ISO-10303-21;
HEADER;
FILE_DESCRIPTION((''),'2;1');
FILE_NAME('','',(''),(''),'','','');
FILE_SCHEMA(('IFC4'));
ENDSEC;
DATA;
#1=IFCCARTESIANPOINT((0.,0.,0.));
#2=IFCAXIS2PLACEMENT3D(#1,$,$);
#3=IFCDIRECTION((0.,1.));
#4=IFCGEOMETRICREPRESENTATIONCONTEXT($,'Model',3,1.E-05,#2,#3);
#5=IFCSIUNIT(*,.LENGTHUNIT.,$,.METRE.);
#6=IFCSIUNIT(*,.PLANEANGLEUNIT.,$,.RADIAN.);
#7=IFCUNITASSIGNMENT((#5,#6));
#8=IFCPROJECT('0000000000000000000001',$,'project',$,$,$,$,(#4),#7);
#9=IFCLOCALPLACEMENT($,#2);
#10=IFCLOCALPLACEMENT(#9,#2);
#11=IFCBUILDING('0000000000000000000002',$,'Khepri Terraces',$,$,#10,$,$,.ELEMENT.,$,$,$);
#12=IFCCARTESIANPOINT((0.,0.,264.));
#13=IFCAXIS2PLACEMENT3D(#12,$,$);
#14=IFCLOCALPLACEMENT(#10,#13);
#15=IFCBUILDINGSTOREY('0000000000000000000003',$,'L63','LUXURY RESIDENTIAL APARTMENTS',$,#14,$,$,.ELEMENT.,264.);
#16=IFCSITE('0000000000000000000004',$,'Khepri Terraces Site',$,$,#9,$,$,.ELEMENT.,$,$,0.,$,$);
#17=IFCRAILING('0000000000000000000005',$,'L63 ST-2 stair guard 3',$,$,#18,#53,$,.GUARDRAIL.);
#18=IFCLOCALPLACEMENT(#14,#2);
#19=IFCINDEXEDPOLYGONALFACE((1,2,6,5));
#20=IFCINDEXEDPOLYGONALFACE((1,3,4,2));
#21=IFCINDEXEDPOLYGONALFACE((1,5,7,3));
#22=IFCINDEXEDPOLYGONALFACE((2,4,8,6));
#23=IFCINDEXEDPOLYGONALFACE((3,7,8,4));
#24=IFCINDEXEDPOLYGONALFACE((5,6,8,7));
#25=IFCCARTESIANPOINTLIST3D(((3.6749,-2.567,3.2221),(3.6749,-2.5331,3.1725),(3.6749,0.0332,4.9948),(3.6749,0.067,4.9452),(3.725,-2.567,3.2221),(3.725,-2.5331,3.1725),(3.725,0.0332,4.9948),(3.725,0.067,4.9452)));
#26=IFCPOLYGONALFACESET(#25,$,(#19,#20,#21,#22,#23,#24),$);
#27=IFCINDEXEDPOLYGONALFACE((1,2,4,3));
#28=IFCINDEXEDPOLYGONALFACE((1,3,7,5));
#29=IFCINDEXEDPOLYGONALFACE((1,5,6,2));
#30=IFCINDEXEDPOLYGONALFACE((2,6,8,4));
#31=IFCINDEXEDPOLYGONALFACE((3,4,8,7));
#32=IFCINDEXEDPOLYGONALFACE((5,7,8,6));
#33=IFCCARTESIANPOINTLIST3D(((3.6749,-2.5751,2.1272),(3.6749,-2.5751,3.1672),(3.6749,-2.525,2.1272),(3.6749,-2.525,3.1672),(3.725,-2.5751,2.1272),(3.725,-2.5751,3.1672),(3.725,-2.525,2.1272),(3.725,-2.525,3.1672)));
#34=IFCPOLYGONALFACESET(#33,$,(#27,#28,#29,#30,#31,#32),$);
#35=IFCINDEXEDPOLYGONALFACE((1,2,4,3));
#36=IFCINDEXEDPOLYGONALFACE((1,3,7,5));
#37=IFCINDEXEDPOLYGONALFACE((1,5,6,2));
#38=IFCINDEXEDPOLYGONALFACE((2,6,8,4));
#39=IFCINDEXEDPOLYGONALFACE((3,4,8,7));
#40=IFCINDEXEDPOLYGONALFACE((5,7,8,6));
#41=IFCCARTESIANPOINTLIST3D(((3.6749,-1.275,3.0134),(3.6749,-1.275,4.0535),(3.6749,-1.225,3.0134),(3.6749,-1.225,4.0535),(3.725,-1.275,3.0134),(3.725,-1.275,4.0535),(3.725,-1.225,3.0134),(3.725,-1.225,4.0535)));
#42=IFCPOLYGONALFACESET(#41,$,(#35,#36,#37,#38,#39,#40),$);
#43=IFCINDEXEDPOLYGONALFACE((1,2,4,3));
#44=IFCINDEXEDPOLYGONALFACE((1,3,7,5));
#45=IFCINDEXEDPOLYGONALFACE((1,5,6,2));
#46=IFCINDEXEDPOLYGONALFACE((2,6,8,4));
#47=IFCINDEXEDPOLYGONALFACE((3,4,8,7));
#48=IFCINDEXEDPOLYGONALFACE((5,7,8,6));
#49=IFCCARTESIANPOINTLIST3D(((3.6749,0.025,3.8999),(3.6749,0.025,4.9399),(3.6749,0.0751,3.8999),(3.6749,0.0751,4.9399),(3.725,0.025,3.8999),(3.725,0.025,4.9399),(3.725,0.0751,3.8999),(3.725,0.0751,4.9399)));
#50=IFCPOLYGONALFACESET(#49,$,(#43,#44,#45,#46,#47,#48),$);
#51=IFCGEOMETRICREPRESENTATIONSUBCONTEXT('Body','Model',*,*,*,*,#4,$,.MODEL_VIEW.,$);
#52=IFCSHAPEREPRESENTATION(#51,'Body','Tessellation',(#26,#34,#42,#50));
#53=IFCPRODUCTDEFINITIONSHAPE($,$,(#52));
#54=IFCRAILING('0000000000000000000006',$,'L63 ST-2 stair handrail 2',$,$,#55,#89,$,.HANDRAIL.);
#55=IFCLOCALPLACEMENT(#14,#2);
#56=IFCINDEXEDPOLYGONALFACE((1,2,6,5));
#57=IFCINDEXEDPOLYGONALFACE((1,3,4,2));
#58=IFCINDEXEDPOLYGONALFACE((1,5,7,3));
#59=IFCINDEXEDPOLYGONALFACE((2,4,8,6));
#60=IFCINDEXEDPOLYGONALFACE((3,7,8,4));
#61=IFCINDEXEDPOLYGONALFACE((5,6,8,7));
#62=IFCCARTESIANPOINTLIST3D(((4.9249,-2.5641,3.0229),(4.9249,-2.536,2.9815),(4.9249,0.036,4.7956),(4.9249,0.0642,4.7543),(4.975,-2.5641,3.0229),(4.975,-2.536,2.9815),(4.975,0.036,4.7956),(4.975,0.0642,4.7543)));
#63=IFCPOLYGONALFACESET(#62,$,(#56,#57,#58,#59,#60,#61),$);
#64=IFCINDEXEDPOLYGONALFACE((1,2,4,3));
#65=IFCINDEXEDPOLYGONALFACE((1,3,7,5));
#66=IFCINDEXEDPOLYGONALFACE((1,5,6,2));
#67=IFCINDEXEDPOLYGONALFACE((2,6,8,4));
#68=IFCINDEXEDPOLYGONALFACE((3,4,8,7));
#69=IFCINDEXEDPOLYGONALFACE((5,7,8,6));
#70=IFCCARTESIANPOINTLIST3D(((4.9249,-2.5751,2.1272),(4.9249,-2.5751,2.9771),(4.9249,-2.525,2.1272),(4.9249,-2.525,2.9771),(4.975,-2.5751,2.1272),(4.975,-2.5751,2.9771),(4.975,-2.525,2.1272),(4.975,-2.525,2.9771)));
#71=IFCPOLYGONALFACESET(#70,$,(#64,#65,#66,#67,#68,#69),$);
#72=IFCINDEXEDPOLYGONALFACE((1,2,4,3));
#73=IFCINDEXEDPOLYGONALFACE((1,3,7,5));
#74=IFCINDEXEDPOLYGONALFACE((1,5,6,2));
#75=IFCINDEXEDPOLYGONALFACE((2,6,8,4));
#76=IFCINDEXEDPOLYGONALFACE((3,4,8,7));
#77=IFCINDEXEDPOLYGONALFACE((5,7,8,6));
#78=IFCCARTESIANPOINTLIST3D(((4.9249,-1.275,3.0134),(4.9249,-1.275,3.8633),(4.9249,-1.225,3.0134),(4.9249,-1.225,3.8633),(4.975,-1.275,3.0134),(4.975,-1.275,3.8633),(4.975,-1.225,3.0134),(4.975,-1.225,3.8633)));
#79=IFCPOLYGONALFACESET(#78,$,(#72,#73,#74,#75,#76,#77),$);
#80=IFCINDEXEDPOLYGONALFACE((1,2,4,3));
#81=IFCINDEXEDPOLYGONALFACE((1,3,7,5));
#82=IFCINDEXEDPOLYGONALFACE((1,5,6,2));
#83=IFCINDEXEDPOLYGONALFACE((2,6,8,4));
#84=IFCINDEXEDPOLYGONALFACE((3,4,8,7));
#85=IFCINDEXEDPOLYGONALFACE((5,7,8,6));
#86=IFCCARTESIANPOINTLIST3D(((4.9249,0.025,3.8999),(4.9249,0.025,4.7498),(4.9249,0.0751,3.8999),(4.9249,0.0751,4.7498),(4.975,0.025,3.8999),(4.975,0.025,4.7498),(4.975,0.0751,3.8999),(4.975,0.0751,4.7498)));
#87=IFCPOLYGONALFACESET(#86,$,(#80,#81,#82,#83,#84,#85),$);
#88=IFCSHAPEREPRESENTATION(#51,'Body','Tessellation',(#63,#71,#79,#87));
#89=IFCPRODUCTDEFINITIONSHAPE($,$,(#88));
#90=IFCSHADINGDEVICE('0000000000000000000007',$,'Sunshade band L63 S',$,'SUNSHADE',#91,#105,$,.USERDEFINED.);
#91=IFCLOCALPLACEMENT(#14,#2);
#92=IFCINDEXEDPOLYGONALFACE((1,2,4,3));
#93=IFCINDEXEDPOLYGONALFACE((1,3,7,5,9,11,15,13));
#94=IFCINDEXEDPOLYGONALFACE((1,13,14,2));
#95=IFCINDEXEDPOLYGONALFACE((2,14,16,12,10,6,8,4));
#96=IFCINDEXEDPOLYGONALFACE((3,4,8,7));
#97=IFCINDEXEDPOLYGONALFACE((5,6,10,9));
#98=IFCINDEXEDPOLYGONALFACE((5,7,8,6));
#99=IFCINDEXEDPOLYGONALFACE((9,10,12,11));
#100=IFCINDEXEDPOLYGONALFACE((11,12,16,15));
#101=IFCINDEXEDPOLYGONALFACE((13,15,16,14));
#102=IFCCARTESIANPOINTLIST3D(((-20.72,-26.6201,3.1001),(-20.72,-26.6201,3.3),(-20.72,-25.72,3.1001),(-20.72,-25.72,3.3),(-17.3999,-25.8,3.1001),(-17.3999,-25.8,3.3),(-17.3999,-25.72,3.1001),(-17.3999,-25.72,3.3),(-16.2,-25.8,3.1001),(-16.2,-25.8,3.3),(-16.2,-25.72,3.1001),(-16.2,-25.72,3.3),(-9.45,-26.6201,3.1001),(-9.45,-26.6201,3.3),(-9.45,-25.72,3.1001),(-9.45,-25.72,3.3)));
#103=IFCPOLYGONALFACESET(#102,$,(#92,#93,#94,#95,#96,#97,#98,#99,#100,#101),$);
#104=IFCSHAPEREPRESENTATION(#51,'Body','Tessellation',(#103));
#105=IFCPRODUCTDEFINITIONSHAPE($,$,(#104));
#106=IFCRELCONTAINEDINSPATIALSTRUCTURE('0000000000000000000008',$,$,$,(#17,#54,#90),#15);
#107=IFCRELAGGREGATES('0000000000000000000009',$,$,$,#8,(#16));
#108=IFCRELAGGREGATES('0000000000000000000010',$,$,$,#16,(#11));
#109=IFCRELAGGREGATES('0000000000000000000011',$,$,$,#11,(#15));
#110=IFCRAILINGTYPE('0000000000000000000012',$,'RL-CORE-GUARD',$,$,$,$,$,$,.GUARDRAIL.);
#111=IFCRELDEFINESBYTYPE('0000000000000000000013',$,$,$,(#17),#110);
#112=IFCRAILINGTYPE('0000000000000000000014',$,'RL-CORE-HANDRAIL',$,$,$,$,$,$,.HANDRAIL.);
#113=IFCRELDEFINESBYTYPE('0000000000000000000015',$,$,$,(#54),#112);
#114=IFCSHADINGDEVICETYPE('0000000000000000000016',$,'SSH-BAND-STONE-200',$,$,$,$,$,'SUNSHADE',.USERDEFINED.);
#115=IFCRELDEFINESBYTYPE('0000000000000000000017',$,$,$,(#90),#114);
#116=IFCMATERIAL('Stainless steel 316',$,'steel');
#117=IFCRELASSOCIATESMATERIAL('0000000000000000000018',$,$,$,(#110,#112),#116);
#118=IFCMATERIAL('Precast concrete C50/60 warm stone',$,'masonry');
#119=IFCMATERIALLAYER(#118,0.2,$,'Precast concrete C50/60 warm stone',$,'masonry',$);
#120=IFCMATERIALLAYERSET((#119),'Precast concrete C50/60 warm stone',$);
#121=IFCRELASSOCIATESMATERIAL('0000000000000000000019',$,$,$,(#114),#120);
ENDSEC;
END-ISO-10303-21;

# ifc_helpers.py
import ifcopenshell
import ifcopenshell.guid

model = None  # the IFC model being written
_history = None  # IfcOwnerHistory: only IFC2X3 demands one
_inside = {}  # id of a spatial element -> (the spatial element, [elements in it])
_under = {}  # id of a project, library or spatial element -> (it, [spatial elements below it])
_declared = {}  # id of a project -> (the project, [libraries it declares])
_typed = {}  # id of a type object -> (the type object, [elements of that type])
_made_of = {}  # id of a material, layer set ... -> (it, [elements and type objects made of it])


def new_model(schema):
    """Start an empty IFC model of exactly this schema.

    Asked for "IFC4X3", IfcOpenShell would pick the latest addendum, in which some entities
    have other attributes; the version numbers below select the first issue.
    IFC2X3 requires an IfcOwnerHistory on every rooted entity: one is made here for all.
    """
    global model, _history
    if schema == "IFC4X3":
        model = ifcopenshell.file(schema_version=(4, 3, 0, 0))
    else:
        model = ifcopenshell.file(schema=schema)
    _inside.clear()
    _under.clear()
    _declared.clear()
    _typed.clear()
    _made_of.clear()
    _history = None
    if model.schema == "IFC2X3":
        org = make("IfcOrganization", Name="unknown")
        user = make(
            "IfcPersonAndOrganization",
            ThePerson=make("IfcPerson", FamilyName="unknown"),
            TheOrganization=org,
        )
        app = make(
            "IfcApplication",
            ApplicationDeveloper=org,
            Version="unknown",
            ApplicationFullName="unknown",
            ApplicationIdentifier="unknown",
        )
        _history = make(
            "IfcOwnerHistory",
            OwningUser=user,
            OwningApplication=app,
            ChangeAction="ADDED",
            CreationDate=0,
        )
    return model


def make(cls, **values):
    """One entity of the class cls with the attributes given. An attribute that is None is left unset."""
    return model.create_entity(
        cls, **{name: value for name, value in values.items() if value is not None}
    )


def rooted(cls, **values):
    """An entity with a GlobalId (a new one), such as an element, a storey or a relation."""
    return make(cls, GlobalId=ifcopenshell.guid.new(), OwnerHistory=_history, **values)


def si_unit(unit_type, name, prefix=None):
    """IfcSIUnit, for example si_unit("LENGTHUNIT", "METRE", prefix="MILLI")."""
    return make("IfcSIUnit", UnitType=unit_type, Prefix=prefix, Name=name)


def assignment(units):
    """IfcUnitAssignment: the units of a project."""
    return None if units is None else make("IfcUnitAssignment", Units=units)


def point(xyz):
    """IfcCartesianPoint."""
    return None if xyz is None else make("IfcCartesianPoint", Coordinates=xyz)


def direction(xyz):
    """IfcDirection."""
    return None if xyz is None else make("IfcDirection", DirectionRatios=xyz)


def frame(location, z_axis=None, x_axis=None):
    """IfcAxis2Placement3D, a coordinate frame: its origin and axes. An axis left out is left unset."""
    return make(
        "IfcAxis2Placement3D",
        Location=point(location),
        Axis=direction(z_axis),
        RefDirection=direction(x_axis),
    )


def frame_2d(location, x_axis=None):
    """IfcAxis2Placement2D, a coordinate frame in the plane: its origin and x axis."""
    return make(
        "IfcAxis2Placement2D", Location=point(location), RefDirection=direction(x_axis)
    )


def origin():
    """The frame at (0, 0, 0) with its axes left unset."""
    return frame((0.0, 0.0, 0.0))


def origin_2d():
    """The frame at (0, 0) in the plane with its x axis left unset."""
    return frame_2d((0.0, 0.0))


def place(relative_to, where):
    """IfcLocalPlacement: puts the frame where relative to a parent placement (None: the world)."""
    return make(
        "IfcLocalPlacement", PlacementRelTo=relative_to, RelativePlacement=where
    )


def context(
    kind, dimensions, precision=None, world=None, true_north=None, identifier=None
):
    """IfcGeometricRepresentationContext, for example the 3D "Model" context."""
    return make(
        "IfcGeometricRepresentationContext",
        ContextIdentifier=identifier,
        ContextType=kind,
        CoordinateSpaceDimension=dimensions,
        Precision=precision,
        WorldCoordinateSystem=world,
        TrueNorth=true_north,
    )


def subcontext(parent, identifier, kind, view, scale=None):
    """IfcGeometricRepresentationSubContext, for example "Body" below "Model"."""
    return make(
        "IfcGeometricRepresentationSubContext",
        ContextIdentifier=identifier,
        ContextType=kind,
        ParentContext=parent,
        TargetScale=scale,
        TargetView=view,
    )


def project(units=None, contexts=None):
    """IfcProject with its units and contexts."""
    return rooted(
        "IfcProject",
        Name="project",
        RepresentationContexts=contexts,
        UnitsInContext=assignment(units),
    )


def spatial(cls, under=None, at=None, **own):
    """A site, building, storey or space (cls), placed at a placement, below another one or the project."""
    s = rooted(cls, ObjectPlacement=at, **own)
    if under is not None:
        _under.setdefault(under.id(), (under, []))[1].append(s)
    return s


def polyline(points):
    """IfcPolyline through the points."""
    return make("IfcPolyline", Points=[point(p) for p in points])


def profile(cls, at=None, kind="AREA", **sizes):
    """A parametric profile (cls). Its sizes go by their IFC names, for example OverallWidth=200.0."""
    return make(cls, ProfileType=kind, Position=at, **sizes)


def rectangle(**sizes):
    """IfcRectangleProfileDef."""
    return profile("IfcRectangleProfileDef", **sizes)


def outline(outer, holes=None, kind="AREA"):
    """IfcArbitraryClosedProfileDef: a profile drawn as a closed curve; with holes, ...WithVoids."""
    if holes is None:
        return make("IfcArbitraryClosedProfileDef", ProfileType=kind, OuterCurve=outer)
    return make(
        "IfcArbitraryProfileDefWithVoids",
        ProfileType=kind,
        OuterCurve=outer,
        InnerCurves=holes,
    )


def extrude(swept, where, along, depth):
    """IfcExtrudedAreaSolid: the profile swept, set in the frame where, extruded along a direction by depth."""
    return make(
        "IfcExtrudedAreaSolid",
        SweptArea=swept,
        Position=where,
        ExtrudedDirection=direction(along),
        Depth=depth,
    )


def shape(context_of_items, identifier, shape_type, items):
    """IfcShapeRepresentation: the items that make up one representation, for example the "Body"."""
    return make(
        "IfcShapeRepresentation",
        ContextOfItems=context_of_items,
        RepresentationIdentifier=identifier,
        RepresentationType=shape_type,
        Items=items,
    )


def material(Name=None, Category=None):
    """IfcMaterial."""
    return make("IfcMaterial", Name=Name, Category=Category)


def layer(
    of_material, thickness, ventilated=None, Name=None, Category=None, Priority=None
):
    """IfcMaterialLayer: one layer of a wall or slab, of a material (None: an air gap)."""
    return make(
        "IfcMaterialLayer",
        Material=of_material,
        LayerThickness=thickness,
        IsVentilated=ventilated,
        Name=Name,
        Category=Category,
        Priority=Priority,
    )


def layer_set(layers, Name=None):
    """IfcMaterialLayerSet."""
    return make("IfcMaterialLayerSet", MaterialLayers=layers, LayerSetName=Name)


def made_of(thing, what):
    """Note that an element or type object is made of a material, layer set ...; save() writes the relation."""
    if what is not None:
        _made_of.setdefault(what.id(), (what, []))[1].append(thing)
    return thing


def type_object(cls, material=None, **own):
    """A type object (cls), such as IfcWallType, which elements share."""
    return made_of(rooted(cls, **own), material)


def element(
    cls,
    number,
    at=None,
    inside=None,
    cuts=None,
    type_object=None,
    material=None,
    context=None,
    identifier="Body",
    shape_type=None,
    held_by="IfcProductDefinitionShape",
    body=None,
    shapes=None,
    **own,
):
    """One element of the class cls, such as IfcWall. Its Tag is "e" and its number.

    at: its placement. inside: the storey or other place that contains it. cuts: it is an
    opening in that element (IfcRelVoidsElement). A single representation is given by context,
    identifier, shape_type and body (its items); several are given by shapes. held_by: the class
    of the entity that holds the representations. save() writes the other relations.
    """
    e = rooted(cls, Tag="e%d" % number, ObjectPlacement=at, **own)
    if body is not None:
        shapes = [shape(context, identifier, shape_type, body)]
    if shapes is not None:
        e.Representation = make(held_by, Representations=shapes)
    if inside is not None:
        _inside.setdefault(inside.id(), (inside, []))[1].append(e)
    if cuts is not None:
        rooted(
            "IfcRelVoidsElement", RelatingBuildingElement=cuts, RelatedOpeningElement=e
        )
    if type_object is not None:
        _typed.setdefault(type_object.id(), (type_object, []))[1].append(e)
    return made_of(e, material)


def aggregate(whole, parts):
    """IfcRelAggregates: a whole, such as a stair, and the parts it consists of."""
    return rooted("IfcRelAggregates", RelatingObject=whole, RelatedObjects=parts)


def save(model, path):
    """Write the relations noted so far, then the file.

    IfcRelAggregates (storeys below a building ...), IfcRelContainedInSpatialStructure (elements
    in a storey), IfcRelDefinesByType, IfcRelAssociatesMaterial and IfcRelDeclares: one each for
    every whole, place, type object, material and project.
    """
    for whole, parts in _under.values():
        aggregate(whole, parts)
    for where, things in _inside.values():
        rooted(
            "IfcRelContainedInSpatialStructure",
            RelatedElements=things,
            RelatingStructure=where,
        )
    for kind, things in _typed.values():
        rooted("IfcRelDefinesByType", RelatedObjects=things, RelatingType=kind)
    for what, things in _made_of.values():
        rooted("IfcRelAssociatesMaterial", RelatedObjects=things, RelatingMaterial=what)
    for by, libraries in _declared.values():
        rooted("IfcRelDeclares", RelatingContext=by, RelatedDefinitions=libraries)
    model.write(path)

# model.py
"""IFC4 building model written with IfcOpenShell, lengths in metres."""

from ifc_helpers import new_model, si_unit, direction, frame, origin, origin_2d, place, context, subcontext, project, spatial, polyline, rectangle, outline, extrude, material, layer, layer_set, type_object, element, save


model = new_model("IFC4")

# Units and contexts
model_context = context("Model", 3, precision=1e-05, world=origin(), true_north=direction((0.0, 1.0)))
body_context = subcontext(model_context, "Body", "Model", "MODEL_VIEW")
ifc_project = project(units=[si_unit("LENGTHUNIT", "METRE"), si_unit("PLANEANGLEUNIT", "RADIAN")], contexts=[model_context])

# Site, building, storey
site_placement = place(None, origin())
site = spatial("IfcSite", under=ifc_project, at=site_placement, Name="Khepri Terraces Site", CompositionType="ELEMENT", RefElevation=0.0)
building_placement = place(site_placement, origin())
building = spatial("IfcBuilding", under=site, at=building_placement, Name="Khepri Terraces", CompositionType="ELEMENT")
storey_placement = place(building_placement, frame((0.0, 0.0, 264.0)))
storey = spatial("IfcBuildingStorey", under=building, at=storey_placement, Name="L63", Description="LUXURY RESIDENTIAL APARTMENTS", CompositionType="ELEMENT", Elevation=264.0)

# Shared definitions
ifc_material_1 = material(Name="Precast concrete C50/60 warm stone", Category="masonry")

# Railings
ifc_material_2 = material(Name="Stainless steel 316", Category="steel")
railing_type_1 = type_object("IfcRailingType", Name="RL-CORE-GUARD", PredefinedType="GUARDRAIL", material=ifc_material_2)
railing_1_placement = place(storey_placement, frame((3.7, -2.55, 2.1272)))
element("IfcRailing", 1, at=railing_1_placement, inside=storey, type_object=railing_type_1, Name="L63 ST-2 stair guard 3", PredefinedType="GUARDRAIL", context=body_context, shape_type="SweptSolid", body=[
    extrude(rectangle(XDim=0.05, YDim=0.0601, at=origin_2d()), frame((0.0, 0.0, 1.0701), z_axis=(0.0, 0.82624, 0.563318), x_axis=(-1.0, 0.0, 0.0)), (0.0, 0.0, 1.0), 3.147),
    extrude(rectangle(XDim=0.05, YDim=0.05, at=origin_2d()), origin(), (0.0, 0.0, 1.0), 1.04),
    extrude(rectangle(XDim=0.05, YDim=0.05, at=origin_2d()), frame((0.0, 1.3, 0.8862)), (0.0, 0.0, 1.0), 1.04),
    extrude(rectangle(XDim=0.05, YDim=0.05, at=origin_2d()), frame((0.0, 2.6001, 1.7727)), (0.0, 0.0, 1.0), 1.04),
])
railing_type_2 = type_object("IfcRailingType", Name="RL-CORE-HANDRAIL", PredefinedType="HANDRAIL", material=ifc_material_2)
railing_2_placement = place(storey_placement, frame((4.95, -2.55, 2.1272)))
element("IfcRailing", 2, at=railing_2_placement, inside=storey, type_object=railing_type_2, Name="L63 ST-2 stair handrail 2", PredefinedType="HANDRAIL", context=body_context, shape_type="SweptSolid", body=[
    extrude(rectangle(XDim=0.05, YDim=0.05, at=origin_2d()), frame((0.0, 0.0, 0.875), z_axis=(0.0, 0.82624, 0.563318), x_axis=(-1.0, 0.0, 0.0)), (0.0, 0.0, 1.0), 3.147),
    extrude(rectangle(XDim=0.05, YDim=0.05, at=origin_2d()), origin(), (0.0, 0.0, 1.0), 0.8499),
    extrude(rectangle(XDim=0.05, YDim=0.05, at=origin_2d()), frame((0.0, 1.3, 0.8862)), (0.0, 0.0, 1.0), 0.8499),
    extrude(rectangle(XDim=0.05, YDim=0.05, at=origin_2d()), frame((0.0, 2.6001, 1.7727)), (0.0, 0.0, 1.0), 0.8499),
])

# Shading device
ifc_layer_1 = layer(ifc_material_1, 0.2, Name="Precast concrete C50/60 warm stone", Category="masonry")
ifc_layer_set_1 = layer_set([ifc_layer_1], Name="Precast concrete C50/60 warm stone")
shading_device_type = type_object("IfcShadingDeviceType", Name="SSH-BAND-STONE-200", ElementType="SUNSHADE", PredefinedType="USERDEFINED", material=ifc_layer_set_1)
shading_device_placement = place(storey_placement, frame((0.0, 0.0, 3.1001)))
element("IfcShadingDevice", 3, at=shading_device_placement, inside=storey, type_object=shading_device_type, Name="Sunshade band L63 S", ObjectType="SUNSHADE", PredefinedType="USERDEFINED", context=body_context, shape_type="SweptSolid", body=[
    extrude(outline(polyline([(-17.3999, -25.72), (-20.72, -25.72), (-20.72, -26.6201), (-9.45, -26.6201), (-9.45, -25.72), (-16.2, -25.72), (-16.2, -25.8), (-17.3999, -25.8), (-17.3999, -25.72)])), origin(), (0.0, 0.0, 1.0), 0.2),
])

save(model, "model.ifc")
